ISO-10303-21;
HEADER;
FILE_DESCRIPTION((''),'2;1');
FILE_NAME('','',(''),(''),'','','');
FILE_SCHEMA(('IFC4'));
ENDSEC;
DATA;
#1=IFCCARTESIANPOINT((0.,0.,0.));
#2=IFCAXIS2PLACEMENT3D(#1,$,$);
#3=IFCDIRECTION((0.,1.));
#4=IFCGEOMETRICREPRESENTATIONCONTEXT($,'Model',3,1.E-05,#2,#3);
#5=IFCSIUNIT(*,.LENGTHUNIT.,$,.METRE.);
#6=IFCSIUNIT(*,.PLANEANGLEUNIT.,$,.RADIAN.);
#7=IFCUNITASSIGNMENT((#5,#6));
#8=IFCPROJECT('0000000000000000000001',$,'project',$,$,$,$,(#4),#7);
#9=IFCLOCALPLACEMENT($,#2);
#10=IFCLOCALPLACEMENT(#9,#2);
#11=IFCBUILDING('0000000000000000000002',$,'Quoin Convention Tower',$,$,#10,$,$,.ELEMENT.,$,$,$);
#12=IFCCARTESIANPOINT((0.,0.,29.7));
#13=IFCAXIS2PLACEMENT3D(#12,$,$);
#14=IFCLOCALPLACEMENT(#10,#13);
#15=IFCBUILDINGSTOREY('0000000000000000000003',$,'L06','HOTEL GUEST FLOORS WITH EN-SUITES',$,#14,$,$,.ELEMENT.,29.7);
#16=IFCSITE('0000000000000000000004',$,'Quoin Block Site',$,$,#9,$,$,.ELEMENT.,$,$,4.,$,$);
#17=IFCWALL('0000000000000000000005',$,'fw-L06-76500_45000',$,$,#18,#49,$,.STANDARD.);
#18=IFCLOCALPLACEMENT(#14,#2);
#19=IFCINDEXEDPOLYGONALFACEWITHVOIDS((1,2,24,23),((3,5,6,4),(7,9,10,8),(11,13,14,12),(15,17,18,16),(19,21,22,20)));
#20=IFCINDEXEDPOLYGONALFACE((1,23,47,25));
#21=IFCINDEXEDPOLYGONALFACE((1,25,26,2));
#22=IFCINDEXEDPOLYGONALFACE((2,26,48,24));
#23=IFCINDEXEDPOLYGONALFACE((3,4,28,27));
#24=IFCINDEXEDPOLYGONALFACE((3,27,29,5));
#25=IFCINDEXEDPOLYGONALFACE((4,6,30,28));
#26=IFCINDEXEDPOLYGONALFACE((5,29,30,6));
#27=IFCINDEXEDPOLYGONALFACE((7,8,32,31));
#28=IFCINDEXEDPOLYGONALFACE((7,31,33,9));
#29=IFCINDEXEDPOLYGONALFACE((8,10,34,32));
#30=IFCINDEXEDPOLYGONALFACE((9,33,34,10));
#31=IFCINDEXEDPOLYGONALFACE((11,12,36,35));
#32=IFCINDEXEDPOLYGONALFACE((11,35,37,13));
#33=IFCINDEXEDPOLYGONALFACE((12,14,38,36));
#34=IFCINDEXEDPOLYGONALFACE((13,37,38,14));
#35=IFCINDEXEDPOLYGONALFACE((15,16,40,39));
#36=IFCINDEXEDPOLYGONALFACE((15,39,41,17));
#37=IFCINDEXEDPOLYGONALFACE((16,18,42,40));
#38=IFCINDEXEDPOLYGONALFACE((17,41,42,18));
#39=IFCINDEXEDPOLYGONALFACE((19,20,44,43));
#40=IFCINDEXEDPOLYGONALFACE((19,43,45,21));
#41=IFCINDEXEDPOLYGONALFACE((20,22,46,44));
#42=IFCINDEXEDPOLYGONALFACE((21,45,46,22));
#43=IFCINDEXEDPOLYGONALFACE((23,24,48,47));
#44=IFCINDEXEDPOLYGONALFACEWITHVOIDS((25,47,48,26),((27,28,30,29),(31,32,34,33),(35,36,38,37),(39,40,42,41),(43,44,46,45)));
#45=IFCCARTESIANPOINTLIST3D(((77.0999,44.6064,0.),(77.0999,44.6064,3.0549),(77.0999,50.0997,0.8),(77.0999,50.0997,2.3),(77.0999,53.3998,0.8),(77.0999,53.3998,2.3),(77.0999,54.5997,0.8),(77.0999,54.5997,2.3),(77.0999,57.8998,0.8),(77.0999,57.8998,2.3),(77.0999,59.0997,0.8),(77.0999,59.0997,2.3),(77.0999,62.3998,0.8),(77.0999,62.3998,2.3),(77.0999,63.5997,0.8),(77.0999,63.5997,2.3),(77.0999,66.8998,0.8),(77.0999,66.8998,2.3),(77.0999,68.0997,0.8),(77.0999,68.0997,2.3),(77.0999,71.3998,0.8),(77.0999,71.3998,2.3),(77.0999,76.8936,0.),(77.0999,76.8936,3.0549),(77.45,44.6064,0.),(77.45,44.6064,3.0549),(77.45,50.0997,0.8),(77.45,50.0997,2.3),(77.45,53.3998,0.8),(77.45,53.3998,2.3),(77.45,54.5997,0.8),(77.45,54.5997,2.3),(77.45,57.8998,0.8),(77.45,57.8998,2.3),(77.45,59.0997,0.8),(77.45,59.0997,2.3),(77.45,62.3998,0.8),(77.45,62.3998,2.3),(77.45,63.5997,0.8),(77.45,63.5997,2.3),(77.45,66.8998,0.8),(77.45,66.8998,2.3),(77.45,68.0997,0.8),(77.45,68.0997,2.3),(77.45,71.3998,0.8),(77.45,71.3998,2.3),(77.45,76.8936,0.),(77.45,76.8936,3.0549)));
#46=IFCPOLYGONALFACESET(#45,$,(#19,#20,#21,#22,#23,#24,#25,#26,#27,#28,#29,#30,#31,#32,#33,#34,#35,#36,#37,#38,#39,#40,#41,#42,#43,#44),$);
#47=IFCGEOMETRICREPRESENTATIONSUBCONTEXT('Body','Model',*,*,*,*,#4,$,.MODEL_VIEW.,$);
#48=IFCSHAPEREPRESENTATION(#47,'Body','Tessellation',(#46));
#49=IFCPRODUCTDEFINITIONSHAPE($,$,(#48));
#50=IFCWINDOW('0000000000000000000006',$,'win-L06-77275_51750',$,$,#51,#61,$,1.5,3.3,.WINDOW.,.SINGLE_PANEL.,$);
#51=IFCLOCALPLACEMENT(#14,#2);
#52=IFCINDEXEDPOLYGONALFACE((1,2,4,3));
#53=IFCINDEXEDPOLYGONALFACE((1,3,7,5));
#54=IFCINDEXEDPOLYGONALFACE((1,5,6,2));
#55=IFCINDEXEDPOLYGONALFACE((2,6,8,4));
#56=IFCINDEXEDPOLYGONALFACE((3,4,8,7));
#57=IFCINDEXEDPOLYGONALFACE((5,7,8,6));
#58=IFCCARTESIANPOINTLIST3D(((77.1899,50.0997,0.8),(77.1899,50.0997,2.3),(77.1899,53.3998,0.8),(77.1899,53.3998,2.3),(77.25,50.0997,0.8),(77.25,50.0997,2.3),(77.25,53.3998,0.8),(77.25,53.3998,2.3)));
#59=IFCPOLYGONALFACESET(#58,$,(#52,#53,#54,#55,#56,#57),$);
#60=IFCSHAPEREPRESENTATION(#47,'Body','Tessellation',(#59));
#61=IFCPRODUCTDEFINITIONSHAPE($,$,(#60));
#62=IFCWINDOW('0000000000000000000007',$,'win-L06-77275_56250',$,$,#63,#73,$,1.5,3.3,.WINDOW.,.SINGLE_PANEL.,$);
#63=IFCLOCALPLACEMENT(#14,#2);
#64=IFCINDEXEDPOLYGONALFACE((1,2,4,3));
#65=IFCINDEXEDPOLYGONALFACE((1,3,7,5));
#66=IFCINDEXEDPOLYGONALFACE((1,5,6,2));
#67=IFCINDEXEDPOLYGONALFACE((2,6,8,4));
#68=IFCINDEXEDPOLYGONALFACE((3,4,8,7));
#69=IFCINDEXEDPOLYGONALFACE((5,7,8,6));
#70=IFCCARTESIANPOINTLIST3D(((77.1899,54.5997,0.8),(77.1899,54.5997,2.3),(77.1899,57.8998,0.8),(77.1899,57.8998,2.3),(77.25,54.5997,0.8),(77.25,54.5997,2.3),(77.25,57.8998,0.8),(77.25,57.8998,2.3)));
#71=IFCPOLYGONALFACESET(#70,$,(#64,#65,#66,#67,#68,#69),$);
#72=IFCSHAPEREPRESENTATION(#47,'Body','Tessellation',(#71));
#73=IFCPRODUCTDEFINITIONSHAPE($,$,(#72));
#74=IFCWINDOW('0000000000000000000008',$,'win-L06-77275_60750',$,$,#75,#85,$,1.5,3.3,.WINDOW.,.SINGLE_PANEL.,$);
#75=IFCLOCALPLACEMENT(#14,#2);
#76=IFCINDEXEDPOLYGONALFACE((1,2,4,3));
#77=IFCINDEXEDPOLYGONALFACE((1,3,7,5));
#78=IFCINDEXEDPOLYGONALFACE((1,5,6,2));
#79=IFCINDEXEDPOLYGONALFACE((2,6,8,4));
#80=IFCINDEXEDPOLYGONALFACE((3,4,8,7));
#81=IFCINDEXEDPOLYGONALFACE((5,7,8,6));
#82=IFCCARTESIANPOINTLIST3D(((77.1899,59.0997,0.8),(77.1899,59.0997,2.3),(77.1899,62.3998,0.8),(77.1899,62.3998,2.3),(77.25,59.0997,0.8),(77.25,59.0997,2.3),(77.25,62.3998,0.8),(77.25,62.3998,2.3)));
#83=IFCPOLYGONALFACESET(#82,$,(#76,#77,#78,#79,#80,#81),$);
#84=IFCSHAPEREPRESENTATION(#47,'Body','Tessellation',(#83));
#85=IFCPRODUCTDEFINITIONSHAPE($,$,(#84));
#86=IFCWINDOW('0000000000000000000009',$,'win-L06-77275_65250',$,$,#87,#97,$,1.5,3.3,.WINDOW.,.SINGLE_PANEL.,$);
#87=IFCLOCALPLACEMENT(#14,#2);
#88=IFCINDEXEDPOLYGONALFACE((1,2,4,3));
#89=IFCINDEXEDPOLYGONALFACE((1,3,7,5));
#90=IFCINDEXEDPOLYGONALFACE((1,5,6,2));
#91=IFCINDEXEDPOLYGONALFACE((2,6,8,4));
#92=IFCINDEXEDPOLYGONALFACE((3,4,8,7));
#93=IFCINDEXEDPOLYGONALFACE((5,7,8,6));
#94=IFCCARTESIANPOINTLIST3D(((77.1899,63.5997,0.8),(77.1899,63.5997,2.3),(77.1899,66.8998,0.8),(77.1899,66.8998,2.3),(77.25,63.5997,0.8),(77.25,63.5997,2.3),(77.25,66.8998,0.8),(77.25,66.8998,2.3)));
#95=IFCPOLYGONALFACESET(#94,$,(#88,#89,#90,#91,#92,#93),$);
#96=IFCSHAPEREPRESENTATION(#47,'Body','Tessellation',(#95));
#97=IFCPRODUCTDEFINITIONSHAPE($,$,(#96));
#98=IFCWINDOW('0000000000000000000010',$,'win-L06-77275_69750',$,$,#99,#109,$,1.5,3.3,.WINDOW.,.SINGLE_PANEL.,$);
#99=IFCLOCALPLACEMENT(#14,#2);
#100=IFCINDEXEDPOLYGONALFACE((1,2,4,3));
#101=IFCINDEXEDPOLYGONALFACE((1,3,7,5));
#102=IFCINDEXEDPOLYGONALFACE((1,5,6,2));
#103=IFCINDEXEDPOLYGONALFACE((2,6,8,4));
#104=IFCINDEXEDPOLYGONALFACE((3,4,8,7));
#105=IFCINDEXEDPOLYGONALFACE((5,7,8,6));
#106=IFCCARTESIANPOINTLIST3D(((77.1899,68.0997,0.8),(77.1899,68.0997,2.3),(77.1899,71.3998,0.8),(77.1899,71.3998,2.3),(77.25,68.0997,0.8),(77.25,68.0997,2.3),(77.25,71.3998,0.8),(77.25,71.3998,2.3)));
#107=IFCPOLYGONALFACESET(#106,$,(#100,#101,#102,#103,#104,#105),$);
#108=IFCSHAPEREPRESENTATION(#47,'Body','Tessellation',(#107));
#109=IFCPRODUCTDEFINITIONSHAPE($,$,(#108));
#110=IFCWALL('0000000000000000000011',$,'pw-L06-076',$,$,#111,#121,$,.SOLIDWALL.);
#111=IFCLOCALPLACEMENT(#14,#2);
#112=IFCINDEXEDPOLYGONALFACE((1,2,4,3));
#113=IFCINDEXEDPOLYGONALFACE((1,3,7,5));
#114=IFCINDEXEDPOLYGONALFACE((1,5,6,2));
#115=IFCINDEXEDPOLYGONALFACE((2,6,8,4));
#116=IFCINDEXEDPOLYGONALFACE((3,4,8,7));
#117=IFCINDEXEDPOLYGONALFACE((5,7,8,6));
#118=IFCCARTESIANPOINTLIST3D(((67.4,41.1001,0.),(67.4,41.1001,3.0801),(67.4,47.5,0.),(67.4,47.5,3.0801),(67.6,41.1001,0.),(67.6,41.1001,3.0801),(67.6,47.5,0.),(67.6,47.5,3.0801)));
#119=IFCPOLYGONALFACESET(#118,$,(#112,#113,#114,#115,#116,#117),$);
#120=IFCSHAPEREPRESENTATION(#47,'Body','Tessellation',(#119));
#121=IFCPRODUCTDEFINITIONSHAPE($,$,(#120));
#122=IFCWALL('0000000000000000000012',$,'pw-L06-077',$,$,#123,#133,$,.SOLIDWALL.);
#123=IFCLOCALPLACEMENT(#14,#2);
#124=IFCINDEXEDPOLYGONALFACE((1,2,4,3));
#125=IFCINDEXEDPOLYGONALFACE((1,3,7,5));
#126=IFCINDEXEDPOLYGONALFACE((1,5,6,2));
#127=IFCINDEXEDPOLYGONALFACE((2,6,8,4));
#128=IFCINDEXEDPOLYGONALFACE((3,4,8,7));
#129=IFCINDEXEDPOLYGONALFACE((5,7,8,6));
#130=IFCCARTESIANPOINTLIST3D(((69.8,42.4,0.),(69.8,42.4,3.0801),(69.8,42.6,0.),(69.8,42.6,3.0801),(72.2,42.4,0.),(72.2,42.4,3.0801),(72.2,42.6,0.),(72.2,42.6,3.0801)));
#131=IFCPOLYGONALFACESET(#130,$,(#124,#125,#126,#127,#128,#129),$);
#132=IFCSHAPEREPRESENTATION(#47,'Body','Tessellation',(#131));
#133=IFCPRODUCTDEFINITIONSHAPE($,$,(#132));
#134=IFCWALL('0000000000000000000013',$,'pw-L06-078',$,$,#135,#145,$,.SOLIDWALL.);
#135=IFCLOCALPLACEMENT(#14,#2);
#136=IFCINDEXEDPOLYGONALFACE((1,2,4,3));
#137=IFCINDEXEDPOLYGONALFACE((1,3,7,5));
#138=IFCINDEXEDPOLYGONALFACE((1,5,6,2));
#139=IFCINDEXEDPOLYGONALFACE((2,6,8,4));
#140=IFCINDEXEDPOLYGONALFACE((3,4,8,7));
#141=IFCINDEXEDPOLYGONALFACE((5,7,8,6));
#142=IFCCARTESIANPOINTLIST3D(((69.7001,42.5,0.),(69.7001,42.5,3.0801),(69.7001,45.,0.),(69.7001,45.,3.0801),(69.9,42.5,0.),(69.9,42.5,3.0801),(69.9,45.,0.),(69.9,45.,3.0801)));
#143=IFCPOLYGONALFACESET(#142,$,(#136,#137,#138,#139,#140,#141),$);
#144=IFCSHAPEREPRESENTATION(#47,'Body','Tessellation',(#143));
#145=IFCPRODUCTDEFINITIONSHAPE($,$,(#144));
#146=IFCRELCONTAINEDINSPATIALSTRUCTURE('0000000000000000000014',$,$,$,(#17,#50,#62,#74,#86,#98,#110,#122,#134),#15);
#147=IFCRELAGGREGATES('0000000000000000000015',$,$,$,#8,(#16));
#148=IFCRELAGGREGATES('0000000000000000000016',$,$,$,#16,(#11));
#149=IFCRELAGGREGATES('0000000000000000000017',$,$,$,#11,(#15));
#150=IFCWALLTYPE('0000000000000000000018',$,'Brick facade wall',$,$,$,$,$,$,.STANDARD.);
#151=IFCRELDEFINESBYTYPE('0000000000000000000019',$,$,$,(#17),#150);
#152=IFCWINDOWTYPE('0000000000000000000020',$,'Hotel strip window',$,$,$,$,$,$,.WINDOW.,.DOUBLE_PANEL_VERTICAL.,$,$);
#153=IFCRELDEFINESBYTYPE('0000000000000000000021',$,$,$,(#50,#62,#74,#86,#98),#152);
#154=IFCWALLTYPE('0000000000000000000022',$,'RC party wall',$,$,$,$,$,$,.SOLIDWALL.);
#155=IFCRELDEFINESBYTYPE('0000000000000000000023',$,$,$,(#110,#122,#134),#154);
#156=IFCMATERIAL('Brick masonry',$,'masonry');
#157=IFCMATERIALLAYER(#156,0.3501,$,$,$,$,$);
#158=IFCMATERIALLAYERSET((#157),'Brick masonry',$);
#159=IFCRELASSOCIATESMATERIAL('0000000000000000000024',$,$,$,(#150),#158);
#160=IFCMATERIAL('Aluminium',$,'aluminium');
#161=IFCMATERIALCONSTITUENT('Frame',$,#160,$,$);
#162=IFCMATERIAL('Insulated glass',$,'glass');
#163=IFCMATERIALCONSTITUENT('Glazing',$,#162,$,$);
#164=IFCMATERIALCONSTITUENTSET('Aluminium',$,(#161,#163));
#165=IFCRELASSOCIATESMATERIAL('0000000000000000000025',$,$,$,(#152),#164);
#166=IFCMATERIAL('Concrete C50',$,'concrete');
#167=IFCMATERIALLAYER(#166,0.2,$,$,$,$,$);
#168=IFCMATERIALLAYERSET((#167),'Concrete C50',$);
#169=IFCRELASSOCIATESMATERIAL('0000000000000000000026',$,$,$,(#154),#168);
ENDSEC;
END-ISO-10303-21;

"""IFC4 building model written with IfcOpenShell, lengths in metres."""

from ifc_helpers import new_model, si_unit, direction, frame, frame_2d, origin, place, context, subcontext, project, spatial, rectangle, extrude, material, layer, layer_set, constituent, constituent_set, type_object, element, fill, save


model = new_model("IFC4")

# Units and contexts
model_context = context("Model", 3, precision=1e-05, world=origin(), true_north=direction((0.0, 1.0)))
body_context = subcontext(model_context, "Body", "Model", "MODEL_VIEW")
ifc_project = project(units=[si_unit("LENGTHUNIT", "METRE"), si_unit("PLANEANGLEUNIT", "RADIAN")], contexts=[model_context])

# Site, building, storey
site_placement = place(None, origin())
site = spatial("IfcSite", under=ifc_project, at=site_placement, Name="Quoin Block Site", CompositionType="ELEMENT", RefElevation=4.0)
building_placement = place(site_placement, origin())
building = spatial("IfcBuilding", under=site, at=building_placement, Name="Quoin Convention Tower", CompositionType="ELEMENT")
storey_placement = place(building_placement, frame((0.0, 0.0, 29.7)))
storey = spatial("IfcBuildingStorey", under=building, at=storey_placement, Name="L06", Description="HOTEL GUEST FLOORS WITH EN-SUITES", CompositionType="ELEMENT", Elevation=29.7)

# Shared definitions
ifc_material_1 = material(Name="Brick masonry", Category="masonry")
ifc_layer_1 = layer(ifc_material_1, 0.3501)
ifc_layer_set_1 = layer_set([ifc_layer_1], Name="Brick masonry")
wall_type_1 = type_object("IfcWallType", Name="Brick facade wall", PredefinedType="STANDARD", material=ifc_layer_set_1)
ifc_material_2 = material(Name="Aluminium", Category="aluminium")
ifc_constituent_1 = constituent(ifc_material_2, Name="Frame")
ifc_material_3 = material(Name="Insulated glass", Category="glass")
ifc_constituent_2 = constituent(ifc_material_3, Name="Glazing")
ifc_constituent_set = constituent_set(constituents=[ifc_constituent_1, ifc_constituent_2], Name="Aluminium")
window_type = type_object("IfcWindowType", Name="Hotel strip window", PartitioningType="DOUBLE_PANEL_VERTICAL", PredefinedType="WINDOW", material=ifc_constituent_set)

# Wall, openings, windows
wall_1_placement = place(storey_placement, frame((77.2749, 44.6064, 0.0), z_axis=(0.0, 0.0, 1.0), x_axis=(0.0, 1.0, 0.0)))
wall_1 = element("IfcWall", 1, at=wall_1_placement, inside=storey, type_object=wall_type_1, Name="fw-L06-76500_45000", PredefinedType="STANDARD", context=body_context, shape_type="SweptSolid", body=[
    extrude(rectangle(XDim=32.2871, YDim=0.3501, at=frame_2d((16.1436, 0.0))), origin(), (0.0, 0.0, 1.0), 3.0549),
])
opening_1_placement = place(wall_1_placement, frame((5.4934, 0.0, 0.8)))
opening_1 = element("IfcOpeningElement", 2, at=opening_1_placement, cuts=wall_1, PredefinedType="OPENING", context=body_context, shape_type="SweptSolid", body=[
    extrude(rectangle(XDim=3.3, YDim=1.5, at=frame_2d((1.6499, 0.75))), frame((0.0, 0.1851, 0.0), z_axis=(0.0, -1.0, 0.0), x_axis=(1.0, 0.0, 0.0)), (0.0, 0.0, 1.0), 0.3701),
])
opening_2_placement = place(wall_1_placement, frame((9.9934, 0.0, 0.8)))
opening_2 = element("IfcOpeningElement", 3, at=opening_2_placement, cuts=wall_1, PredefinedType="OPENING", context=body_context, shape_type="SweptSolid", body=[
    extrude(rectangle(XDim=3.3, YDim=1.5, at=frame_2d((1.6499, 0.75))), frame((0.0, 0.1851, 0.0), z_axis=(0.0, -1.0, 0.0), x_axis=(1.0, 0.0, 0.0)), (0.0, 0.0, 1.0), 0.3701),
])
opening_3_placement = place(wall_1_placement, frame((14.4934, 0.0, 0.8)))
opening_3 = element("IfcOpeningElement", 4, at=opening_3_placement, cuts=wall_1, PredefinedType="OPENING", context=body_context, shape_type="SweptSolid", body=[
    extrude(rectangle(XDim=3.3, YDim=1.5, at=frame_2d((1.6499, 0.75))), frame((0.0, 0.1851, 0.0), z_axis=(0.0, -1.0, 0.0), x_axis=(1.0, 0.0, 0.0)), (0.0, 0.0, 1.0), 0.3701),
])
opening_4_placement = place(wall_1_placement, frame((18.9934, 0.0, 0.8)))
opening_4 = element("IfcOpeningElement", 5, at=opening_4_placement, cuts=wall_1, PredefinedType="OPENING", context=body_context, shape_type="SweptSolid", body=[
    extrude(rectangle(XDim=3.3, YDim=1.5, at=frame_2d((1.6499, 0.75))), frame((0.0, 0.1851, 0.0), z_axis=(0.0, -1.0, 0.0), x_axis=(1.0, 0.0, 0.0)), (0.0, 0.0, 1.0), 0.3701),
])
opening_5_placement = place(wall_1_placement, frame((23.4934, 0.0, 0.8)))
opening_5 = element("IfcOpeningElement", 6, at=opening_5_placement, cuts=wall_1, PredefinedType="OPENING", context=body_context, shape_type="SweptSolid", body=[
    extrude(rectangle(XDim=3.3, YDim=1.5, at=frame_2d((1.6499, 0.75))), frame((0.0, 0.1851, 0.0), z_axis=(0.0, -1.0, 0.0), x_axis=(1.0, 0.0, 0.0)), (0.0, 0.0, 1.0), 0.3701),
])
window_1_placement = place(opening_1_placement, origin())
window_1 = element("IfcWindow", 7, at=window_1_placement, inside=storey, type_object=window_type, Name="win-L06-77275_51750", OverallHeight=1.5, OverallWidth=3.3, PartitioningType="SINGLE_PANEL", PredefinedType="WINDOW", context=body_context, shape_type="SweptSolid", body=[
    extrude(rectangle(XDim=3.3, YDim=1.5, at=frame_2d((1.6499, 0.75))), frame((0.0, 0.085, 0.0), z_axis=(0.0, -1.0, 0.0), x_axis=(1.0, 0.0, 0.0)), (0.0, 0.0, 1.0), 0.0601),
])
fill(opening_1, window_1)
window_2_placement = place(opening_2_placement, origin())
window_2 = element("IfcWindow", 8, at=window_2_placement, inside=storey, type_object=window_type, Name="win-L06-77275_56250", OverallHeight=1.5, OverallWidth=3.3, PartitioningType="SINGLE_PANEL", PredefinedType="WINDOW", context=body_context, shape_type="SweptSolid", body=[
    extrude(rectangle(XDim=3.3, YDim=1.5, at=frame_2d((1.6499, 0.75))), frame((0.0, 0.085, 0.0), z_axis=(0.0, -1.0, 0.0), x_axis=(1.0, 0.0, 0.0)), (0.0, 0.0, 1.0), 0.0601),
])
fill(opening_2, window_2)
window_3_placement = place(opening_3_placement, origin())
window_3 = element("IfcWindow", 9, at=window_3_placement, inside=storey, type_object=window_type, Name="win-L06-77275_60750", OverallHeight=1.5, OverallWidth=3.3, PartitioningType="SINGLE_PANEL", PredefinedType="WINDOW", context=body_context, shape_type="SweptSolid", body=[
    extrude(rectangle(XDim=3.3, YDim=1.5, at=frame_2d((1.6499, 0.75))), frame((0.0, 0.085, 0.0), z_axis=(0.0, -1.0, 0.0), x_axis=(1.0, 0.0, 0.0)), (0.0, 0.0, 1.0), 0.0601),
])
fill(opening_3, window_3)
window_4_placement = place(opening_4_placement, origin())
window_4 = element("IfcWindow", 10, at=window_4_placement, inside=storey, type_object=window_type, Name="win-L06-77275_65250", OverallHeight=1.5, OverallWidth=3.3, PartitioningType="SINGLE_PANEL", PredefinedType="WINDOW", context=body_context, shape_type="SweptSolid", body=[
    extrude(rectangle(XDim=3.3, YDim=1.5, at=frame_2d((1.6499, 0.75))), frame((0.0, 0.085, 0.0), z_axis=(0.0, -1.0, 0.0), x_axis=(1.0, 0.0, 0.0)), (0.0, 0.0, 1.0), 0.0601),
])
fill(opening_4, window_4)
window_5_placement = place(opening_5_placement, origin())
window_5 = element("IfcWindow", 11, at=window_5_placement, inside=storey, type_object=window_type, Name="win-L06-77275_69750", OverallHeight=1.5, OverallWidth=3.3, PartitioningType="SINGLE_PANEL", PredefinedType="WINDOW", context=body_context, shape_type="SweptSolid", body=[
    extrude(rectangle(XDim=3.3, YDim=1.5, at=frame_2d((1.6499, 0.75))), frame((0.0, 0.085, 0.0), z_axis=(0.0, -1.0, 0.0), x_axis=(1.0, 0.0, 0.0)), (0.0, 0.0, 1.0), 0.0601),
])
fill(opening_5, window_5)

# Walls
ifc_material_4 = material(Name="Concrete C50", Category="concrete")
ifc_layer_2 = layer(ifc_material_4, 0.2)
ifc_layer_set_2 = layer_set([ifc_layer_2], Name="Concrete C50")
wall_type_2 = type_object("IfcWallType", Name="RC party wall", PredefinedType="SOLIDWALL", material=ifc_layer_set_2)
wall_2_placement = place(storey_placement, frame((67.5, 41.1001, 0.0), z_axis=(0.0, 0.0, 1.0), x_axis=(0.0, 1.0, 0.0)))
element("IfcWall", 12, at=wall_2_placement, inside=storey, type_object=wall_type_2, Name="pw-L06-076", PredefinedType="SOLIDWALL", context=body_context, shape_type="SweptSolid", body=[
    extrude(rectangle(XDim=6.3999, YDim=0.2, at=frame_2d((3.2, 0.0))), origin(), (0.0, 0.0, 1.0), 3.0801),
])
wall_3_placement = place(storey_placement, frame((69.8, 42.5, 0.0), z_axis=(0.0, 0.0, 1.0), x_axis=(1.0, 0.0, 0.0)))
element("IfcWall", 13, at=wall_3_placement, inside=storey, type_object=wall_type_2, Name="pw-L06-077", PredefinedType="SOLIDWALL", context=body_context, shape_type="SweptSolid", body=[
    extrude(rectangle(XDim=2.3999, YDim=0.2, at=frame_2d((1.2, 0.0))), origin(), (0.0, 0.0, 1.0), 3.0801),
])
wall_4_placement = place(storey_placement, frame((69.8, 42.5, 0.0), z_axis=(0.0, 0.0, 1.0), x_axis=(0.0, 1.0, 0.0)))
element("IfcWall", 14, at=wall_4_placement, inside=storey, type_object=wall_type_2, Name="pw-L06-078", PredefinedType="SOLIDWALL", context=body_context, shape_type="SweptSolid", body=[
    extrude(rectangle(XDim=2.5, YDim=0.2, at=frame_2d((1.25, 0.0))), origin(), (0.0, 0.0, 1.0), 3.0801),
])

save(model, "model.ifc")
